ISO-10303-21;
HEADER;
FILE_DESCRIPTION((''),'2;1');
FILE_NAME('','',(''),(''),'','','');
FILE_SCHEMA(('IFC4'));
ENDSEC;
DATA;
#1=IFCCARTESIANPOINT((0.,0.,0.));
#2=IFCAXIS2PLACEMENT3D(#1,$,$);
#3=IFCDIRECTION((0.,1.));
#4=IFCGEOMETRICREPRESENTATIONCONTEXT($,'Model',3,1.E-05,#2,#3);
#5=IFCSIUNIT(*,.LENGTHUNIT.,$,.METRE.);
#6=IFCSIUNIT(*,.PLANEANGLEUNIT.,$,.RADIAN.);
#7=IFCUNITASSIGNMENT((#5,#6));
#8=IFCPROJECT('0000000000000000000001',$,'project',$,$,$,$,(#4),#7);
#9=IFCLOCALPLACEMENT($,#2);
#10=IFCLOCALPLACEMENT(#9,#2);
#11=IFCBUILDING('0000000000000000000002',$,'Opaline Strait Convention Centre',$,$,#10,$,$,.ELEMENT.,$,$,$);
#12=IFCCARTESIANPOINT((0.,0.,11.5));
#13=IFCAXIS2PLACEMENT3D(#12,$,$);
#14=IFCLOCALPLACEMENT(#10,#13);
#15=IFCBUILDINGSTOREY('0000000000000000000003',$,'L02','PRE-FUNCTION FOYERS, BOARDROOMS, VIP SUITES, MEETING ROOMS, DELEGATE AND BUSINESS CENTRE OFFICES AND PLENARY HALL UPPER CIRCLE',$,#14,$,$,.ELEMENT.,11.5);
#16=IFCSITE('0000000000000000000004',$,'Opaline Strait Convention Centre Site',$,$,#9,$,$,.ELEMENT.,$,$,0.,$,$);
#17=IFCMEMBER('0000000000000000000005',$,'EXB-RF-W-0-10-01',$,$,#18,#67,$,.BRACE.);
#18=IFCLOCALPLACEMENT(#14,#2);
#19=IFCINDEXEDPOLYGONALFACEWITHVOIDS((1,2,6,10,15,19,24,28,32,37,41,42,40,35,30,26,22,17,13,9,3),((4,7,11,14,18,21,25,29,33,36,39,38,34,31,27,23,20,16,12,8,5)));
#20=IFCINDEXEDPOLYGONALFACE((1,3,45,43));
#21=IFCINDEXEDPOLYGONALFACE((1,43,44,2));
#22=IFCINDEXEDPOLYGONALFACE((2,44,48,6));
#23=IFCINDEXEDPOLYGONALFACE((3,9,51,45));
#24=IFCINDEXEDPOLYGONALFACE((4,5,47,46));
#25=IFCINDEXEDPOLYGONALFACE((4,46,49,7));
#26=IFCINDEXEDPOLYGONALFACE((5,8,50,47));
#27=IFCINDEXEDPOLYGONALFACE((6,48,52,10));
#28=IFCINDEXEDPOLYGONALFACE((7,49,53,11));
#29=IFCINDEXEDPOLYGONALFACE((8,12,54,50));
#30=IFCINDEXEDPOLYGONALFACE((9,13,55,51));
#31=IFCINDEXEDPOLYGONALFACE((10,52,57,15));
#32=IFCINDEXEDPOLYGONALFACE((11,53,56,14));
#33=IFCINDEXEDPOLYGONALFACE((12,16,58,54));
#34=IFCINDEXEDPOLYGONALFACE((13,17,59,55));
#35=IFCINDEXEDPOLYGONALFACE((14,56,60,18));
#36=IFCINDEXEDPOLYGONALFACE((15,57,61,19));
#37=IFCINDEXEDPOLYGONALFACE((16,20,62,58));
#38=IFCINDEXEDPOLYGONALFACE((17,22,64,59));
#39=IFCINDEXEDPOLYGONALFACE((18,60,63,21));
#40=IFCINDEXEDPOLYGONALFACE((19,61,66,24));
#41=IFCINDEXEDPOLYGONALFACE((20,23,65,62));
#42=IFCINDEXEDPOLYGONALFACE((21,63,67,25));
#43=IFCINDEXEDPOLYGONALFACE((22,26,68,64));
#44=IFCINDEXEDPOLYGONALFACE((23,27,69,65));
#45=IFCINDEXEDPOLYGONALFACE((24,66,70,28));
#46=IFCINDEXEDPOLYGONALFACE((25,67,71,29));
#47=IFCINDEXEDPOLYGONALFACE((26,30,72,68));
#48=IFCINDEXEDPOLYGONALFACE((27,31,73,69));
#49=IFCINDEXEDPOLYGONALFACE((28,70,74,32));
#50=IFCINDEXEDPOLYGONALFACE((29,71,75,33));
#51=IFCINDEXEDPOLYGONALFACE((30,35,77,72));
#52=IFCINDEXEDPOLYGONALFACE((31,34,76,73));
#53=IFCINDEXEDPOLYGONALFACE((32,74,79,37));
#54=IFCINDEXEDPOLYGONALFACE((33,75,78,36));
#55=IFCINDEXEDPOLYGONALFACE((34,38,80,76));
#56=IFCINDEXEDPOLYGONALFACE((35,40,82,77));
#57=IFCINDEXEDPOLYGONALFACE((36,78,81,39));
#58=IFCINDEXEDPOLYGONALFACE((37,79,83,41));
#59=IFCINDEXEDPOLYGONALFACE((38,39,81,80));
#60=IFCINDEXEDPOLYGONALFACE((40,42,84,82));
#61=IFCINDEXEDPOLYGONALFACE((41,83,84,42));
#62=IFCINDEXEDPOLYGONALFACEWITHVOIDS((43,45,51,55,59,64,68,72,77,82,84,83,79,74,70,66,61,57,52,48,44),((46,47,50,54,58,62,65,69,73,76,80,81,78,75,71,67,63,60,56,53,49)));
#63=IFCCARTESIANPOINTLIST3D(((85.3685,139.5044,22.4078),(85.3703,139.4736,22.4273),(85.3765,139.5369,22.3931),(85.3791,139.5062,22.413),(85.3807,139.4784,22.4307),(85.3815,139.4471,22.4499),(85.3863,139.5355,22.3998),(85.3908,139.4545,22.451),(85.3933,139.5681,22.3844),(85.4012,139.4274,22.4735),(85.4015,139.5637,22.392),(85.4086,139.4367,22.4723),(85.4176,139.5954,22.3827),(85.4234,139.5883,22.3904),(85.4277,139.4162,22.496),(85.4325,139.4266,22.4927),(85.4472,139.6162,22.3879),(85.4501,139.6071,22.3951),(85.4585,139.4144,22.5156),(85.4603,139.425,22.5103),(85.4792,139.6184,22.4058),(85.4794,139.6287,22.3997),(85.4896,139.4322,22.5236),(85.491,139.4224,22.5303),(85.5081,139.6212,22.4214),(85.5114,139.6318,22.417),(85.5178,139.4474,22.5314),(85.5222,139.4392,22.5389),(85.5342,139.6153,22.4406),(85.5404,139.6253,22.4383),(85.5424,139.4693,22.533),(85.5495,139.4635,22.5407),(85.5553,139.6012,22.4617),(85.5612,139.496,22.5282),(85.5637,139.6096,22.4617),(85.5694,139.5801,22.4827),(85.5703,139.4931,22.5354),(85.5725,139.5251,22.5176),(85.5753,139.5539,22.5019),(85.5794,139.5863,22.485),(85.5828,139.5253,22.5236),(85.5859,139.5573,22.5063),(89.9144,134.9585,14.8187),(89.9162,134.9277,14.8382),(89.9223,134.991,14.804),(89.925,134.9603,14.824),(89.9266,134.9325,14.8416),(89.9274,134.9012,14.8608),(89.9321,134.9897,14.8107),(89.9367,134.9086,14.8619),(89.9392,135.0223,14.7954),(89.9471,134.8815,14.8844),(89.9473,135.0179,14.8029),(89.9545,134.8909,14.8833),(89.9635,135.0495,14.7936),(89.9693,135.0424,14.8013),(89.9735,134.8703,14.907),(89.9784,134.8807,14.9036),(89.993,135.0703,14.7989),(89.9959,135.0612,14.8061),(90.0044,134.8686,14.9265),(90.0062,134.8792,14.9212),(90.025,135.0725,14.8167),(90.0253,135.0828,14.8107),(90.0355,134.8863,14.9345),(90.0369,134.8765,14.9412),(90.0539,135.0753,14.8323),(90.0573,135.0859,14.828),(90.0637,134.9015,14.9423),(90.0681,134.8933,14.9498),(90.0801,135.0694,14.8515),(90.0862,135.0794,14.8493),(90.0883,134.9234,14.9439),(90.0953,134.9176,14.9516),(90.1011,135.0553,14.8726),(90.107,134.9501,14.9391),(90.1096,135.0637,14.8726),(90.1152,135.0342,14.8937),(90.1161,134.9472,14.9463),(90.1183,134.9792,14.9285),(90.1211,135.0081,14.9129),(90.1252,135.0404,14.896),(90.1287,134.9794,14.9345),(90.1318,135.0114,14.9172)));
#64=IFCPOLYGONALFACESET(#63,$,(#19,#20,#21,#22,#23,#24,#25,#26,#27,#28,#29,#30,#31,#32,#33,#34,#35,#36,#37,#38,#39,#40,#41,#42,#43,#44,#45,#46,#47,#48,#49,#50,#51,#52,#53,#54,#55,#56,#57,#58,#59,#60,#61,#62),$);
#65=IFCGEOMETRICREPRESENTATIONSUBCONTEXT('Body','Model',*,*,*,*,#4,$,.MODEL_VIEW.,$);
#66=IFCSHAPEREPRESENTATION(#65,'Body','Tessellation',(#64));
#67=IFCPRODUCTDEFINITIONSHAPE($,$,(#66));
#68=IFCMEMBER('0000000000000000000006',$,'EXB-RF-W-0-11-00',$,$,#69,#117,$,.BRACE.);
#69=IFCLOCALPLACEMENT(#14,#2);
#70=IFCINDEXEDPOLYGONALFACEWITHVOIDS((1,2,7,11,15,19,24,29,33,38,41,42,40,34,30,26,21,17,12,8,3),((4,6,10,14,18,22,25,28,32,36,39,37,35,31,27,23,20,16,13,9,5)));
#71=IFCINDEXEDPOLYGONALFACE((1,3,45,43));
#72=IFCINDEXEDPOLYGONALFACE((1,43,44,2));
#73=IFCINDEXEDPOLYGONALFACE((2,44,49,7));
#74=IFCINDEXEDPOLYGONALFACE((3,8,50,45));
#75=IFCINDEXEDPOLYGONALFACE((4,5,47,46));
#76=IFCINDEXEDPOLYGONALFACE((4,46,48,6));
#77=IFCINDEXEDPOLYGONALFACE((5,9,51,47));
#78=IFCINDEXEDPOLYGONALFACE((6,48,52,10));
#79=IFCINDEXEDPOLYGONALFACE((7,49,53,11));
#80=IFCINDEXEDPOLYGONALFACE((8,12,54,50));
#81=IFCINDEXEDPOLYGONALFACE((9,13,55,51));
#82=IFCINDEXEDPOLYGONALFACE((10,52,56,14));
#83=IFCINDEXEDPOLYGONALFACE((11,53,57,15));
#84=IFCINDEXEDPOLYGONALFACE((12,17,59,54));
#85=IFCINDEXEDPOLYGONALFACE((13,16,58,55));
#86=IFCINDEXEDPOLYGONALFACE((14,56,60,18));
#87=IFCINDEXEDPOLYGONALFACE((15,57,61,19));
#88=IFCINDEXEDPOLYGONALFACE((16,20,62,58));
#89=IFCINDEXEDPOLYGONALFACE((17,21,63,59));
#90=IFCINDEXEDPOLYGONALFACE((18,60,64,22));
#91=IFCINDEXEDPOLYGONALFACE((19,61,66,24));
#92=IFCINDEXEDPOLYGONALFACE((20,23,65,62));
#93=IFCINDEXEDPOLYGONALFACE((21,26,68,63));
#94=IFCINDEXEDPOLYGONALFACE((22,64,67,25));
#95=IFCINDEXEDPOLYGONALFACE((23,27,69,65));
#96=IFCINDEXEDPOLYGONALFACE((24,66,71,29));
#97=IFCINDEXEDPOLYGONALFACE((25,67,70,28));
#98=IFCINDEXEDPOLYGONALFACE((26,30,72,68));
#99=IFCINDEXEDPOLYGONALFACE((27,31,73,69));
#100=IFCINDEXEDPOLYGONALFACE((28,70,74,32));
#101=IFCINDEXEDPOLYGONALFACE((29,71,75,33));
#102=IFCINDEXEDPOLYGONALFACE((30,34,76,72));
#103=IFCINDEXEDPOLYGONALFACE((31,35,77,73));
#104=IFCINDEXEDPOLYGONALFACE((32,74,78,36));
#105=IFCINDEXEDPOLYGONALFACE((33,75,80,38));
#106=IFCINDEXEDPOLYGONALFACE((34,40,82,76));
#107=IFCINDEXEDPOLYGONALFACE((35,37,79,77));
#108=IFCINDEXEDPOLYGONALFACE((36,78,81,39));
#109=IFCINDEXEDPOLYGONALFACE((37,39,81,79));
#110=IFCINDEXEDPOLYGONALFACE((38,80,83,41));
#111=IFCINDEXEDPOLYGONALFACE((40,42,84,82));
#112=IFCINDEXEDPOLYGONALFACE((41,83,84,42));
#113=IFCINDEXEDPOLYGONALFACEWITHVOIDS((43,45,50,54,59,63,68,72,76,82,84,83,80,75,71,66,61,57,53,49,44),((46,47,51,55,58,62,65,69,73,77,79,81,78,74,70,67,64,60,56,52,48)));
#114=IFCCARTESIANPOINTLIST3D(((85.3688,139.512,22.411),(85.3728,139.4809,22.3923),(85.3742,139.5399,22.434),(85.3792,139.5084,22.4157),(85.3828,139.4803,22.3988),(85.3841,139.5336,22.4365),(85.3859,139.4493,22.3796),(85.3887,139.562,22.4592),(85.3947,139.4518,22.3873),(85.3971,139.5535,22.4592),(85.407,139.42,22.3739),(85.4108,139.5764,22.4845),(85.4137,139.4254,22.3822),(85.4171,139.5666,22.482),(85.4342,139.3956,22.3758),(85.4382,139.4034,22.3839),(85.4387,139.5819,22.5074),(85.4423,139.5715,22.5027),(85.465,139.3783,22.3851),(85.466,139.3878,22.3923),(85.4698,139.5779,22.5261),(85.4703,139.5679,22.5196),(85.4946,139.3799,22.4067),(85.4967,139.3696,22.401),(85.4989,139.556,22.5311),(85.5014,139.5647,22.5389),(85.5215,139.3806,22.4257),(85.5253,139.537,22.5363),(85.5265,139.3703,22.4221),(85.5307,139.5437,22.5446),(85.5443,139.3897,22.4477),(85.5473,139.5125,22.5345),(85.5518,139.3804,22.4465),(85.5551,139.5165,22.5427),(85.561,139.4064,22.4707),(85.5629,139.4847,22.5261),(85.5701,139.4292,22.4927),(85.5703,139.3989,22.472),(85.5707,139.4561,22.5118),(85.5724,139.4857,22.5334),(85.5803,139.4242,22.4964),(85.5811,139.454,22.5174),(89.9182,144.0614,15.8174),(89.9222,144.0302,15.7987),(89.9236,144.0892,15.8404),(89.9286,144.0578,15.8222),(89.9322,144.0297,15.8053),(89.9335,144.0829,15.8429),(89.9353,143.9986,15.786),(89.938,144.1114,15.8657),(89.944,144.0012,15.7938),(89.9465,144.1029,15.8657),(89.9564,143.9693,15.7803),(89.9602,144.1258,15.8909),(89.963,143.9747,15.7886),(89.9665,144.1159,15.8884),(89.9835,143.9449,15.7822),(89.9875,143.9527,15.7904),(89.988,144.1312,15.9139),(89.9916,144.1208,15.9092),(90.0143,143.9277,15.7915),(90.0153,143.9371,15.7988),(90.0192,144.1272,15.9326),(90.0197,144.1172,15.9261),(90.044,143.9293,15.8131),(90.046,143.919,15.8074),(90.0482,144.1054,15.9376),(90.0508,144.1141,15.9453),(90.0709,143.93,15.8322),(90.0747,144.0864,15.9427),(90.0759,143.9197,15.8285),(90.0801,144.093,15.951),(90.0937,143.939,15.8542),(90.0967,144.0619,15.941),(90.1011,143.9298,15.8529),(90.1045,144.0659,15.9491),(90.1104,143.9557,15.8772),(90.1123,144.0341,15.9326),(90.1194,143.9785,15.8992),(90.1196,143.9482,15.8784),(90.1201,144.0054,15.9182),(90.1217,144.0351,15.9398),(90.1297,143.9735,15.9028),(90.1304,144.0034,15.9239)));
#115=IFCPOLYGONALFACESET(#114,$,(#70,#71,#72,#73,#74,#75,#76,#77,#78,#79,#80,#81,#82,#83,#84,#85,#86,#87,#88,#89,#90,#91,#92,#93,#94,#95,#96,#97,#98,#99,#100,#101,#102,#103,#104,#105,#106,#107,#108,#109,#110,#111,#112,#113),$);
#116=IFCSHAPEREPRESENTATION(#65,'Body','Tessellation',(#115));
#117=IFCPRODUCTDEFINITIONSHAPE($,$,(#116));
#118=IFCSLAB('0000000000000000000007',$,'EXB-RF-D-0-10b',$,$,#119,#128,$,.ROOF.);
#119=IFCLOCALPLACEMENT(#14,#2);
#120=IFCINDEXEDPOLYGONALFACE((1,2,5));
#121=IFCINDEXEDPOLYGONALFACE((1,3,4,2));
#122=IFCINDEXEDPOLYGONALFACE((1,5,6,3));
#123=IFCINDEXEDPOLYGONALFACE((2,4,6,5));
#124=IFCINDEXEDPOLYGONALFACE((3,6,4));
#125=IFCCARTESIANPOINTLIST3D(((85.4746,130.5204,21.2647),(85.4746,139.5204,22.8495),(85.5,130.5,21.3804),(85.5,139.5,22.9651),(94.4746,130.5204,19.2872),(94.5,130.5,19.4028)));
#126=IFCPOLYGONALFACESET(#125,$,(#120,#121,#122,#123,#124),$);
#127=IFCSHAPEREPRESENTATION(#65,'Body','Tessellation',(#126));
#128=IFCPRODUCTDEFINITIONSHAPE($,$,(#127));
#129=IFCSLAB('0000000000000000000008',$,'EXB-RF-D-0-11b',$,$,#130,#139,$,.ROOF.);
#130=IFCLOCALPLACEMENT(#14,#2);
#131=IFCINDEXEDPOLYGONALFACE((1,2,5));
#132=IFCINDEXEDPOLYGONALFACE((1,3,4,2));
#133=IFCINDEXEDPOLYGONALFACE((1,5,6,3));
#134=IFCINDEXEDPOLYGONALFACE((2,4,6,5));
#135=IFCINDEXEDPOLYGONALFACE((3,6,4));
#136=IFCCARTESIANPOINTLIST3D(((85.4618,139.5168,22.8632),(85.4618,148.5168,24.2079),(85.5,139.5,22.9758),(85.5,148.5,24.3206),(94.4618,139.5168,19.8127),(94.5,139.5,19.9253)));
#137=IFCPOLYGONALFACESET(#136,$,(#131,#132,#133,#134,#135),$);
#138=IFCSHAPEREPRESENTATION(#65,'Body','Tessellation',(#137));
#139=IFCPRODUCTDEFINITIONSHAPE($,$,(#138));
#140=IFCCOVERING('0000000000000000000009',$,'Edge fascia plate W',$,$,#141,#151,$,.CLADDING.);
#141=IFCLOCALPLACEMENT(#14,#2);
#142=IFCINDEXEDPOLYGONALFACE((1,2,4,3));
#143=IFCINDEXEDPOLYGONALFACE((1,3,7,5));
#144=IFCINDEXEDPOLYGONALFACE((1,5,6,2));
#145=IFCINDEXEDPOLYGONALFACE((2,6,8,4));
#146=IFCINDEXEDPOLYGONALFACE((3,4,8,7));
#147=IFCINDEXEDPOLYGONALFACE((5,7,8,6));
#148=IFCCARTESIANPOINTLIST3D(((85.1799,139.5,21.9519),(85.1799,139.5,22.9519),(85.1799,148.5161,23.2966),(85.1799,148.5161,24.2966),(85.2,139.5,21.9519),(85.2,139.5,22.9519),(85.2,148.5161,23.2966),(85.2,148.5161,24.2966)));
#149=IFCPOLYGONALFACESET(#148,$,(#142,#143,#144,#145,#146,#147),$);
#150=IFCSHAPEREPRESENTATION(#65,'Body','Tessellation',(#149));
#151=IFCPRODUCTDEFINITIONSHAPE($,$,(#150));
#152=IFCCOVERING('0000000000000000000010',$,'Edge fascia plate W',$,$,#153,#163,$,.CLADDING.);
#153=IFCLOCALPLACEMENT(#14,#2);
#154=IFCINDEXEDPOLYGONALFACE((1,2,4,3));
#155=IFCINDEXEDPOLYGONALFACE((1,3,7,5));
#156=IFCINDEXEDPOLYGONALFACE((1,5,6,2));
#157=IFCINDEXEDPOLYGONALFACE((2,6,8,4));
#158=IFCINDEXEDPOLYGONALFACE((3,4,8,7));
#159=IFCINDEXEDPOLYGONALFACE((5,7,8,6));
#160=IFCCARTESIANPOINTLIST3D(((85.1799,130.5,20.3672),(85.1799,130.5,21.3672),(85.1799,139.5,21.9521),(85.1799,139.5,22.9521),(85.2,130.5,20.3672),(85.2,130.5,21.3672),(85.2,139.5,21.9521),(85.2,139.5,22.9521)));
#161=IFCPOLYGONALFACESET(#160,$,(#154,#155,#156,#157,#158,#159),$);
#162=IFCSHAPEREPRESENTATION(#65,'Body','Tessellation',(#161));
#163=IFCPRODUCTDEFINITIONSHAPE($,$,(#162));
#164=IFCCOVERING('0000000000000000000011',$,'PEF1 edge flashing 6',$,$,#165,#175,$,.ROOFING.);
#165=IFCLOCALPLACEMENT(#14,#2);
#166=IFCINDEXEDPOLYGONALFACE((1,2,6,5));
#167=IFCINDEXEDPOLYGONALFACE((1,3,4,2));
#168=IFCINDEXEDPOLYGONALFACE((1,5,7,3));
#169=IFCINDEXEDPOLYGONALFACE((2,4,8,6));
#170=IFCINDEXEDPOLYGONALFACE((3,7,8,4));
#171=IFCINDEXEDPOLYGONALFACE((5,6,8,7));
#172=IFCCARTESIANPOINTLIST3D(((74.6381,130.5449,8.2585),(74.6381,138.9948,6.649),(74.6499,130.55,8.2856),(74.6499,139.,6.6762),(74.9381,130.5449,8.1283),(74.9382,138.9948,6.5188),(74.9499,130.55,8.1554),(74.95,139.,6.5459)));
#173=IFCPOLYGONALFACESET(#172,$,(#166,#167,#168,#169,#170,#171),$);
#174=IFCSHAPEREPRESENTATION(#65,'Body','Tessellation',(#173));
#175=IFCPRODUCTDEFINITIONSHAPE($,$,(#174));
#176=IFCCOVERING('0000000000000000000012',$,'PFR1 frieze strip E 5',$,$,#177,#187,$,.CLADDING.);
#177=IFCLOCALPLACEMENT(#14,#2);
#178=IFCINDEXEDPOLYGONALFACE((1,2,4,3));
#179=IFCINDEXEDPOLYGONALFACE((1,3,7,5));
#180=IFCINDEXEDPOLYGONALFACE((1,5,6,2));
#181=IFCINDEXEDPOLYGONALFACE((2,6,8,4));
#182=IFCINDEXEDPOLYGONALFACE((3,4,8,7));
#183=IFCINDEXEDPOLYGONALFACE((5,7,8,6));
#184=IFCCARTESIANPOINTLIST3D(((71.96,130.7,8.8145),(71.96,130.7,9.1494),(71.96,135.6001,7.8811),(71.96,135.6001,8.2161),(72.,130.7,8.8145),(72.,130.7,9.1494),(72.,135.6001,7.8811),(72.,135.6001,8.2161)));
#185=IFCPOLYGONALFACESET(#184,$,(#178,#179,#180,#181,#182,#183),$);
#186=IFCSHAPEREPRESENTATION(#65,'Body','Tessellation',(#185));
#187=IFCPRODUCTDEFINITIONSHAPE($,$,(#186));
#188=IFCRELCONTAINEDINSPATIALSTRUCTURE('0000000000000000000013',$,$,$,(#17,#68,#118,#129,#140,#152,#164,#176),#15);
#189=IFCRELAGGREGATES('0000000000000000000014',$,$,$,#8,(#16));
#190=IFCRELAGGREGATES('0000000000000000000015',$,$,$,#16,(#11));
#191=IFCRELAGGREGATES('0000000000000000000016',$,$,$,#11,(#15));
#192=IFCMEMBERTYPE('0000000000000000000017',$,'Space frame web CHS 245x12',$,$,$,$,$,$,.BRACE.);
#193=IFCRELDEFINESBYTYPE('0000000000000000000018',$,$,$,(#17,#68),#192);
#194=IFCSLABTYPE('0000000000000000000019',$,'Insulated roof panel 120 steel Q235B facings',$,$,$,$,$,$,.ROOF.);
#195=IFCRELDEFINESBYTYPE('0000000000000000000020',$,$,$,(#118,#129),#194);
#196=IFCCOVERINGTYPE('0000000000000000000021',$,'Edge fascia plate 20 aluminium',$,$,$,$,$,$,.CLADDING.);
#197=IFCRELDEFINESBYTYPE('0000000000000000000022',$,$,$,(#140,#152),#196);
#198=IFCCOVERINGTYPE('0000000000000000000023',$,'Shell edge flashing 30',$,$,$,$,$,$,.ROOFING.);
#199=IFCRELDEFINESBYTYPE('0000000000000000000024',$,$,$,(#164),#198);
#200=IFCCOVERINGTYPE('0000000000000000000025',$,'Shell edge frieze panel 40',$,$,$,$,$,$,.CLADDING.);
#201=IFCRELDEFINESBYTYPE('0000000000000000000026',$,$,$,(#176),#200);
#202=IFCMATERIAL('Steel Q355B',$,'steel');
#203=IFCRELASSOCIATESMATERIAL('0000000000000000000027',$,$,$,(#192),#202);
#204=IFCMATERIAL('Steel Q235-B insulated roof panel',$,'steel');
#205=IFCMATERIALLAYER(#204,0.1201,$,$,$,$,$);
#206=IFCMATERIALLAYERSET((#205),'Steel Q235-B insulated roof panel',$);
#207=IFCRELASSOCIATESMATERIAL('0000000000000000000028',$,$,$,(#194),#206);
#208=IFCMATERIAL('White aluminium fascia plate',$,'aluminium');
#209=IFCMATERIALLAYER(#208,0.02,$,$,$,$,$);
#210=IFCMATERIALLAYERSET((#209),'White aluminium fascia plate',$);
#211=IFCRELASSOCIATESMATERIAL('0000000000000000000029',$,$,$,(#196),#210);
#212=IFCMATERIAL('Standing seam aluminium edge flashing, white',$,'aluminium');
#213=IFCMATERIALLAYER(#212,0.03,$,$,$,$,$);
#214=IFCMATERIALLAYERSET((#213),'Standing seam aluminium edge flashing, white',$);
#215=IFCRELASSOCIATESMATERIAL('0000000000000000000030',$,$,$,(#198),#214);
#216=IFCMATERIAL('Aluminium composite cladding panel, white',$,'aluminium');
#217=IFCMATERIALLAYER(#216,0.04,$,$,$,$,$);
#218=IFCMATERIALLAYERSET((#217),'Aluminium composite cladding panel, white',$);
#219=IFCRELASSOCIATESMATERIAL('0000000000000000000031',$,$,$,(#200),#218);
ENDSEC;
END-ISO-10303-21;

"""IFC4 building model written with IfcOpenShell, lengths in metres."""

from ifc_helpers import new_model, si_unit, direction, frame, origin, origin_2d, place, context, subcontext, project, spatial, polyline, hollow_circle, outline, extrude, material, layer, layer_set, material_profile, profile_set, type_object, element, save


model = new_model("IFC4")

# Units and contexts
model_context = context("Model", 3, precision=1e-05, world=origin(), true_north=direction((0.0, 1.0)))
body_context = subcontext(model_context, "Body", "Model", "MODEL_VIEW")
ifc_project = project(units=[si_unit("LENGTHUNIT", "METRE"), si_unit("PLANEANGLEUNIT", "RADIAN")], contexts=[model_context])

# Site, building, storey
site_placement = place(None, origin())
site = spatial("IfcSite", under=ifc_project, at=site_placement, Name="Opaline Strait Convention Centre Site", CompositionType="ELEMENT", RefElevation=0.0)
building_placement = place(site_placement, origin())
building = spatial("IfcBuilding", under=site, at=building_placement, Name="Opaline Strait Convention Centre", CompositionType="ELEMENT")
storey_placement = place(building_placement, frame((0.0, 0.0, 11.5)))
storey = spatial("IfcBuildingStorey", under=building, at=storey_placement, Name="L02", Description="PRE-FUNCTION FOYERS, BOARDROOMS, VIP SUITES, MEETING ROOMS, DELEGATE AND BUSINESS CENTRE OFFICES AND PLENARY HALL UPPER CIRCLE", CompositionType="ELEMENT", Elevation=11.5)

# Members
ifc_material_1 = material(Name="Steel Q355B", Category="steel")
ifc_material_profile_1 = material_profile(ifc_material_1, hollow_circle(Radius=0.1226, WallThickness=0.012, at=origin_2d()), Name="CHS 245x12")
ifc_profile_set_1 = profile_set([ifc_material_profile_1], Name="Steel Q355B")
member_type_1 = type_object("IfcMemberType", Name="Space frame web CHS 245x12", PredefinedType="BRACE", material=ifc_profile_set_1)
member_1_placement = place(storey_placement, frame((85.4771, 139.5229, 22.4617), z_axis=(0.457053, -0.457053, -0.763023), x_axis=(0.707107, 0.707107, 0.0)))
element("IfcMember", 1, at=member_1_placement, inside=storey, type_object=member_type_1, Name="EXB-RF-W-0-10-01", PredefinedType="BRACE", context=body_context, shape_type="SweptSolid", body=[
    extrude(hollow_circle(Radius=0.1226, WallThickness=0.012, at=origin_2d()), origin(), (0.0, 0.0, 1.0), 9.946),
])
member_2_placement = place(storey_placement, frame((85.4753, 139.4753, 22.4592), z_axis=(0.493829, 0.493829, -0.715727), x_axis=(-0.707107, 0.707107, 0.0)))
element("IfcMember", 2, at=member_2_placement, inside=storey, type_object=member_type_1, Name="EXB-RF-W-0-11-00", PredefinedType="BRACE", context=body_context, shape_type="SweptSolid", body=[
    extrude(hollow_circle(Radius=0.1226, WallThickness=0.012, at=origin_2d()), origin(), (0.0, 0.0, 1.0), 9.2124),
])

# Slabs
ifc_material_2 = material(Name="Steel Q235-B insulated roof panel", Category="steel")
ifc_layer_1 = layer(ifc_material_2, 0.1201)
ifc_layer_set_1 = layer_set([ifc_layer_1], Name="Steel Q235-B insulated roof panel")
slab_type = type_object("IfcSlabType", Name="Insulated roof panel 120 steel Q235B facings", PredefinedType="ROOF", material=ifc_layer_set_1)
slab_1_placement = place(storey_placement, frame((85.5, 130.5, 21.3804), z_axis=(0.211502, -0.169489, 0.96257), x_axis=(0.9767, 0.0, -0.214607)))
element("IfcSlab", 3, at=slab_1_placement, inside=storey, type_object=slab_type, Name="EXB-RF-D-0-10b", PredefinedType="ROOF", context=body_context, shape_type="SweptSolid", body=[
    extrude(outline(polyline([(0.0, 0.0), (9.2147, 0.0), (-0.3401, 9.1321), (0.0, 0.0)])), origin(), (0.0, 0.0, -1.0), 0.1201),
])
slab_2_placement = place(storey_placement, frame((85.5, 139.5, 22.9758), z_axis=(0.317844, -0.140111, 0.937734), x_axis=(0.947076, 0.0, -0.32101)))
element("IfcSlab", 4, at=slab_2_placement, inside=storey, type_object=slab_type, Name="EXB-RF-D-0-11b", PredefinedType="ROOF", context=body_context, shape_type="SweptSolid", body=[
    extrude(outline(polyline([(0.0, 0.0), (9.5029, 0.0), (-0.4317, 9.0897), (0.0, 0.0)])), origin(), (0.0, 0.0, -1.0), 0.1201),
])

# Coverings
ifc_material_3 = material(Name="White aluminium fascia plate", Category="aluminium")
ifc_layer_2 = layer(ifc_material_3, 0.02)
ifc_layer_set_2 = layer_set([ifc_layer_2], Name="White aluminium fascia plate")
covering_type_1 = type_object("IfcCoveringType", Name="Edge fascia plate 20 aluminium", PredefinedType="CLADDING", material=ifc_layer_set_2)
covering_1_placement = place(storey_placement, frame((85.2, 144.0081, 23.1243), z_axis=(-1.0, 0.0, 0.0), x_axis=(0.0, -1.0, 0.0)))
element("IfcCovering", 5, at=covering_1_placement, inside=storey, type_object=covering_type_1, Name="Edge fascia plate W", PredefinedType="CLADDING", context=body_context, shape_type="SweptSolid", body=[
    extrude(outline(polyline([(-4.5081, 1.1724), (4.5081, -0.1724), (4.5081, -1.1724), (-4.5081, 0.1724), (-4.5081, 1.1724)])), origin(), (0.0, 0.0, 1.0), 0.02),
])
covering_2_placement = place(storey_placement, frame((85.2, 135.0, 21.6597), z_axis=(-1.0, 0.0, 0.0), x_axis=(0.0, -1.0, 0.0)))
element("IfcCovering", 6, at=covering_2_placement, inside=storey, type_object=covering_type_1, Name="Edge fascia plate W", PredefinedType="CLADDING", context=body_context, shape_type="SweptSolid", body=[
    extrude(outline(polyline([(-4.5, 1.2925), (4.5, -0.2925), (4.5, -1.2925), (-4.5, 0.2925), (-4.5, 1.2925)])), origin(), (0.0, 0.0, 1.0), 0.02),
])
ifc_material_4 = material(Name="Standing seam aluminium edge flashing, white", Category="aluminium")
ifc_layer_3 = layer(ifc_material_4, 0.03)
ifc_layer_set_3 = layer_set([ifc_layer_3], Name="Standing seam aluminium edge flashing, white")
covering_type_2 = type_object("IfcCoveringType", Name="Shell edge flashing 30", PredefinedType="ROOFING", material=ifc_layer_set_3)
covering_3_placement = place(storey_placement, frame((74.6499, 130.55, 8.2856), z_axis=(0.392252, 0.172115, 0.903612), x_axis=(0.917305, -0.000058, -0.398185)))
element("IfcCovering", 7, at=covering_3_placement, inside=storey, type_object=covering_type_2, Name="PEF1 edge flashing 6", PredefinedType="ROOFING", context=body_context, shape_type="SweptSolid", body=[
    extrude(outline(polyline([(0.0, 0.0), (0.3271, 0.0), (0.9675, 8.578), (0.6403, 8.578), (0.0, 0.0)])), origin(), (0.0, 0.0, -1.0), 0.03),
])
ifc_material_5 = material(Name="Aluminium composite cladding panel, white", Category="aluminium")
ifc_layer_4 = layer(ifc_material_5, 0.04)
ifc_layer_set_4 = layer_set([ifc_layer_4], Name="Aluminium composite cladding panel, white")
covering_type_3 = type_object("IfcCoveringType", Name="Shell edge frieze panel 40", PredefinedType="CLADDING", material=ifc_layer_set_4)
covering_4_placement = place(storey_placement, frame((72.0, 130.7, 8.8145), z_axis=(1.0, 0.0, 0.0), x_axis=(0.0, 0.982339, -0.18711)))
element("IfcCovering", 8, at=covering_4_placement, inside=storey, type_object=covering_type_3, Name="PFR1 frieze strip E 5", PredefinedType="CLADDING", context=body_context, shape_type="SweptSolid", body=[
    extrude(outline(polyline([(0.0, 0.0), (4.9882, 0.0), (4.9256, 0.329), (-0.0627, 0.329), (0.0, 0.0)])), origin(), (0.0, 0.0, -1.0), 0.04),
])

save(model, "model.ifc")
